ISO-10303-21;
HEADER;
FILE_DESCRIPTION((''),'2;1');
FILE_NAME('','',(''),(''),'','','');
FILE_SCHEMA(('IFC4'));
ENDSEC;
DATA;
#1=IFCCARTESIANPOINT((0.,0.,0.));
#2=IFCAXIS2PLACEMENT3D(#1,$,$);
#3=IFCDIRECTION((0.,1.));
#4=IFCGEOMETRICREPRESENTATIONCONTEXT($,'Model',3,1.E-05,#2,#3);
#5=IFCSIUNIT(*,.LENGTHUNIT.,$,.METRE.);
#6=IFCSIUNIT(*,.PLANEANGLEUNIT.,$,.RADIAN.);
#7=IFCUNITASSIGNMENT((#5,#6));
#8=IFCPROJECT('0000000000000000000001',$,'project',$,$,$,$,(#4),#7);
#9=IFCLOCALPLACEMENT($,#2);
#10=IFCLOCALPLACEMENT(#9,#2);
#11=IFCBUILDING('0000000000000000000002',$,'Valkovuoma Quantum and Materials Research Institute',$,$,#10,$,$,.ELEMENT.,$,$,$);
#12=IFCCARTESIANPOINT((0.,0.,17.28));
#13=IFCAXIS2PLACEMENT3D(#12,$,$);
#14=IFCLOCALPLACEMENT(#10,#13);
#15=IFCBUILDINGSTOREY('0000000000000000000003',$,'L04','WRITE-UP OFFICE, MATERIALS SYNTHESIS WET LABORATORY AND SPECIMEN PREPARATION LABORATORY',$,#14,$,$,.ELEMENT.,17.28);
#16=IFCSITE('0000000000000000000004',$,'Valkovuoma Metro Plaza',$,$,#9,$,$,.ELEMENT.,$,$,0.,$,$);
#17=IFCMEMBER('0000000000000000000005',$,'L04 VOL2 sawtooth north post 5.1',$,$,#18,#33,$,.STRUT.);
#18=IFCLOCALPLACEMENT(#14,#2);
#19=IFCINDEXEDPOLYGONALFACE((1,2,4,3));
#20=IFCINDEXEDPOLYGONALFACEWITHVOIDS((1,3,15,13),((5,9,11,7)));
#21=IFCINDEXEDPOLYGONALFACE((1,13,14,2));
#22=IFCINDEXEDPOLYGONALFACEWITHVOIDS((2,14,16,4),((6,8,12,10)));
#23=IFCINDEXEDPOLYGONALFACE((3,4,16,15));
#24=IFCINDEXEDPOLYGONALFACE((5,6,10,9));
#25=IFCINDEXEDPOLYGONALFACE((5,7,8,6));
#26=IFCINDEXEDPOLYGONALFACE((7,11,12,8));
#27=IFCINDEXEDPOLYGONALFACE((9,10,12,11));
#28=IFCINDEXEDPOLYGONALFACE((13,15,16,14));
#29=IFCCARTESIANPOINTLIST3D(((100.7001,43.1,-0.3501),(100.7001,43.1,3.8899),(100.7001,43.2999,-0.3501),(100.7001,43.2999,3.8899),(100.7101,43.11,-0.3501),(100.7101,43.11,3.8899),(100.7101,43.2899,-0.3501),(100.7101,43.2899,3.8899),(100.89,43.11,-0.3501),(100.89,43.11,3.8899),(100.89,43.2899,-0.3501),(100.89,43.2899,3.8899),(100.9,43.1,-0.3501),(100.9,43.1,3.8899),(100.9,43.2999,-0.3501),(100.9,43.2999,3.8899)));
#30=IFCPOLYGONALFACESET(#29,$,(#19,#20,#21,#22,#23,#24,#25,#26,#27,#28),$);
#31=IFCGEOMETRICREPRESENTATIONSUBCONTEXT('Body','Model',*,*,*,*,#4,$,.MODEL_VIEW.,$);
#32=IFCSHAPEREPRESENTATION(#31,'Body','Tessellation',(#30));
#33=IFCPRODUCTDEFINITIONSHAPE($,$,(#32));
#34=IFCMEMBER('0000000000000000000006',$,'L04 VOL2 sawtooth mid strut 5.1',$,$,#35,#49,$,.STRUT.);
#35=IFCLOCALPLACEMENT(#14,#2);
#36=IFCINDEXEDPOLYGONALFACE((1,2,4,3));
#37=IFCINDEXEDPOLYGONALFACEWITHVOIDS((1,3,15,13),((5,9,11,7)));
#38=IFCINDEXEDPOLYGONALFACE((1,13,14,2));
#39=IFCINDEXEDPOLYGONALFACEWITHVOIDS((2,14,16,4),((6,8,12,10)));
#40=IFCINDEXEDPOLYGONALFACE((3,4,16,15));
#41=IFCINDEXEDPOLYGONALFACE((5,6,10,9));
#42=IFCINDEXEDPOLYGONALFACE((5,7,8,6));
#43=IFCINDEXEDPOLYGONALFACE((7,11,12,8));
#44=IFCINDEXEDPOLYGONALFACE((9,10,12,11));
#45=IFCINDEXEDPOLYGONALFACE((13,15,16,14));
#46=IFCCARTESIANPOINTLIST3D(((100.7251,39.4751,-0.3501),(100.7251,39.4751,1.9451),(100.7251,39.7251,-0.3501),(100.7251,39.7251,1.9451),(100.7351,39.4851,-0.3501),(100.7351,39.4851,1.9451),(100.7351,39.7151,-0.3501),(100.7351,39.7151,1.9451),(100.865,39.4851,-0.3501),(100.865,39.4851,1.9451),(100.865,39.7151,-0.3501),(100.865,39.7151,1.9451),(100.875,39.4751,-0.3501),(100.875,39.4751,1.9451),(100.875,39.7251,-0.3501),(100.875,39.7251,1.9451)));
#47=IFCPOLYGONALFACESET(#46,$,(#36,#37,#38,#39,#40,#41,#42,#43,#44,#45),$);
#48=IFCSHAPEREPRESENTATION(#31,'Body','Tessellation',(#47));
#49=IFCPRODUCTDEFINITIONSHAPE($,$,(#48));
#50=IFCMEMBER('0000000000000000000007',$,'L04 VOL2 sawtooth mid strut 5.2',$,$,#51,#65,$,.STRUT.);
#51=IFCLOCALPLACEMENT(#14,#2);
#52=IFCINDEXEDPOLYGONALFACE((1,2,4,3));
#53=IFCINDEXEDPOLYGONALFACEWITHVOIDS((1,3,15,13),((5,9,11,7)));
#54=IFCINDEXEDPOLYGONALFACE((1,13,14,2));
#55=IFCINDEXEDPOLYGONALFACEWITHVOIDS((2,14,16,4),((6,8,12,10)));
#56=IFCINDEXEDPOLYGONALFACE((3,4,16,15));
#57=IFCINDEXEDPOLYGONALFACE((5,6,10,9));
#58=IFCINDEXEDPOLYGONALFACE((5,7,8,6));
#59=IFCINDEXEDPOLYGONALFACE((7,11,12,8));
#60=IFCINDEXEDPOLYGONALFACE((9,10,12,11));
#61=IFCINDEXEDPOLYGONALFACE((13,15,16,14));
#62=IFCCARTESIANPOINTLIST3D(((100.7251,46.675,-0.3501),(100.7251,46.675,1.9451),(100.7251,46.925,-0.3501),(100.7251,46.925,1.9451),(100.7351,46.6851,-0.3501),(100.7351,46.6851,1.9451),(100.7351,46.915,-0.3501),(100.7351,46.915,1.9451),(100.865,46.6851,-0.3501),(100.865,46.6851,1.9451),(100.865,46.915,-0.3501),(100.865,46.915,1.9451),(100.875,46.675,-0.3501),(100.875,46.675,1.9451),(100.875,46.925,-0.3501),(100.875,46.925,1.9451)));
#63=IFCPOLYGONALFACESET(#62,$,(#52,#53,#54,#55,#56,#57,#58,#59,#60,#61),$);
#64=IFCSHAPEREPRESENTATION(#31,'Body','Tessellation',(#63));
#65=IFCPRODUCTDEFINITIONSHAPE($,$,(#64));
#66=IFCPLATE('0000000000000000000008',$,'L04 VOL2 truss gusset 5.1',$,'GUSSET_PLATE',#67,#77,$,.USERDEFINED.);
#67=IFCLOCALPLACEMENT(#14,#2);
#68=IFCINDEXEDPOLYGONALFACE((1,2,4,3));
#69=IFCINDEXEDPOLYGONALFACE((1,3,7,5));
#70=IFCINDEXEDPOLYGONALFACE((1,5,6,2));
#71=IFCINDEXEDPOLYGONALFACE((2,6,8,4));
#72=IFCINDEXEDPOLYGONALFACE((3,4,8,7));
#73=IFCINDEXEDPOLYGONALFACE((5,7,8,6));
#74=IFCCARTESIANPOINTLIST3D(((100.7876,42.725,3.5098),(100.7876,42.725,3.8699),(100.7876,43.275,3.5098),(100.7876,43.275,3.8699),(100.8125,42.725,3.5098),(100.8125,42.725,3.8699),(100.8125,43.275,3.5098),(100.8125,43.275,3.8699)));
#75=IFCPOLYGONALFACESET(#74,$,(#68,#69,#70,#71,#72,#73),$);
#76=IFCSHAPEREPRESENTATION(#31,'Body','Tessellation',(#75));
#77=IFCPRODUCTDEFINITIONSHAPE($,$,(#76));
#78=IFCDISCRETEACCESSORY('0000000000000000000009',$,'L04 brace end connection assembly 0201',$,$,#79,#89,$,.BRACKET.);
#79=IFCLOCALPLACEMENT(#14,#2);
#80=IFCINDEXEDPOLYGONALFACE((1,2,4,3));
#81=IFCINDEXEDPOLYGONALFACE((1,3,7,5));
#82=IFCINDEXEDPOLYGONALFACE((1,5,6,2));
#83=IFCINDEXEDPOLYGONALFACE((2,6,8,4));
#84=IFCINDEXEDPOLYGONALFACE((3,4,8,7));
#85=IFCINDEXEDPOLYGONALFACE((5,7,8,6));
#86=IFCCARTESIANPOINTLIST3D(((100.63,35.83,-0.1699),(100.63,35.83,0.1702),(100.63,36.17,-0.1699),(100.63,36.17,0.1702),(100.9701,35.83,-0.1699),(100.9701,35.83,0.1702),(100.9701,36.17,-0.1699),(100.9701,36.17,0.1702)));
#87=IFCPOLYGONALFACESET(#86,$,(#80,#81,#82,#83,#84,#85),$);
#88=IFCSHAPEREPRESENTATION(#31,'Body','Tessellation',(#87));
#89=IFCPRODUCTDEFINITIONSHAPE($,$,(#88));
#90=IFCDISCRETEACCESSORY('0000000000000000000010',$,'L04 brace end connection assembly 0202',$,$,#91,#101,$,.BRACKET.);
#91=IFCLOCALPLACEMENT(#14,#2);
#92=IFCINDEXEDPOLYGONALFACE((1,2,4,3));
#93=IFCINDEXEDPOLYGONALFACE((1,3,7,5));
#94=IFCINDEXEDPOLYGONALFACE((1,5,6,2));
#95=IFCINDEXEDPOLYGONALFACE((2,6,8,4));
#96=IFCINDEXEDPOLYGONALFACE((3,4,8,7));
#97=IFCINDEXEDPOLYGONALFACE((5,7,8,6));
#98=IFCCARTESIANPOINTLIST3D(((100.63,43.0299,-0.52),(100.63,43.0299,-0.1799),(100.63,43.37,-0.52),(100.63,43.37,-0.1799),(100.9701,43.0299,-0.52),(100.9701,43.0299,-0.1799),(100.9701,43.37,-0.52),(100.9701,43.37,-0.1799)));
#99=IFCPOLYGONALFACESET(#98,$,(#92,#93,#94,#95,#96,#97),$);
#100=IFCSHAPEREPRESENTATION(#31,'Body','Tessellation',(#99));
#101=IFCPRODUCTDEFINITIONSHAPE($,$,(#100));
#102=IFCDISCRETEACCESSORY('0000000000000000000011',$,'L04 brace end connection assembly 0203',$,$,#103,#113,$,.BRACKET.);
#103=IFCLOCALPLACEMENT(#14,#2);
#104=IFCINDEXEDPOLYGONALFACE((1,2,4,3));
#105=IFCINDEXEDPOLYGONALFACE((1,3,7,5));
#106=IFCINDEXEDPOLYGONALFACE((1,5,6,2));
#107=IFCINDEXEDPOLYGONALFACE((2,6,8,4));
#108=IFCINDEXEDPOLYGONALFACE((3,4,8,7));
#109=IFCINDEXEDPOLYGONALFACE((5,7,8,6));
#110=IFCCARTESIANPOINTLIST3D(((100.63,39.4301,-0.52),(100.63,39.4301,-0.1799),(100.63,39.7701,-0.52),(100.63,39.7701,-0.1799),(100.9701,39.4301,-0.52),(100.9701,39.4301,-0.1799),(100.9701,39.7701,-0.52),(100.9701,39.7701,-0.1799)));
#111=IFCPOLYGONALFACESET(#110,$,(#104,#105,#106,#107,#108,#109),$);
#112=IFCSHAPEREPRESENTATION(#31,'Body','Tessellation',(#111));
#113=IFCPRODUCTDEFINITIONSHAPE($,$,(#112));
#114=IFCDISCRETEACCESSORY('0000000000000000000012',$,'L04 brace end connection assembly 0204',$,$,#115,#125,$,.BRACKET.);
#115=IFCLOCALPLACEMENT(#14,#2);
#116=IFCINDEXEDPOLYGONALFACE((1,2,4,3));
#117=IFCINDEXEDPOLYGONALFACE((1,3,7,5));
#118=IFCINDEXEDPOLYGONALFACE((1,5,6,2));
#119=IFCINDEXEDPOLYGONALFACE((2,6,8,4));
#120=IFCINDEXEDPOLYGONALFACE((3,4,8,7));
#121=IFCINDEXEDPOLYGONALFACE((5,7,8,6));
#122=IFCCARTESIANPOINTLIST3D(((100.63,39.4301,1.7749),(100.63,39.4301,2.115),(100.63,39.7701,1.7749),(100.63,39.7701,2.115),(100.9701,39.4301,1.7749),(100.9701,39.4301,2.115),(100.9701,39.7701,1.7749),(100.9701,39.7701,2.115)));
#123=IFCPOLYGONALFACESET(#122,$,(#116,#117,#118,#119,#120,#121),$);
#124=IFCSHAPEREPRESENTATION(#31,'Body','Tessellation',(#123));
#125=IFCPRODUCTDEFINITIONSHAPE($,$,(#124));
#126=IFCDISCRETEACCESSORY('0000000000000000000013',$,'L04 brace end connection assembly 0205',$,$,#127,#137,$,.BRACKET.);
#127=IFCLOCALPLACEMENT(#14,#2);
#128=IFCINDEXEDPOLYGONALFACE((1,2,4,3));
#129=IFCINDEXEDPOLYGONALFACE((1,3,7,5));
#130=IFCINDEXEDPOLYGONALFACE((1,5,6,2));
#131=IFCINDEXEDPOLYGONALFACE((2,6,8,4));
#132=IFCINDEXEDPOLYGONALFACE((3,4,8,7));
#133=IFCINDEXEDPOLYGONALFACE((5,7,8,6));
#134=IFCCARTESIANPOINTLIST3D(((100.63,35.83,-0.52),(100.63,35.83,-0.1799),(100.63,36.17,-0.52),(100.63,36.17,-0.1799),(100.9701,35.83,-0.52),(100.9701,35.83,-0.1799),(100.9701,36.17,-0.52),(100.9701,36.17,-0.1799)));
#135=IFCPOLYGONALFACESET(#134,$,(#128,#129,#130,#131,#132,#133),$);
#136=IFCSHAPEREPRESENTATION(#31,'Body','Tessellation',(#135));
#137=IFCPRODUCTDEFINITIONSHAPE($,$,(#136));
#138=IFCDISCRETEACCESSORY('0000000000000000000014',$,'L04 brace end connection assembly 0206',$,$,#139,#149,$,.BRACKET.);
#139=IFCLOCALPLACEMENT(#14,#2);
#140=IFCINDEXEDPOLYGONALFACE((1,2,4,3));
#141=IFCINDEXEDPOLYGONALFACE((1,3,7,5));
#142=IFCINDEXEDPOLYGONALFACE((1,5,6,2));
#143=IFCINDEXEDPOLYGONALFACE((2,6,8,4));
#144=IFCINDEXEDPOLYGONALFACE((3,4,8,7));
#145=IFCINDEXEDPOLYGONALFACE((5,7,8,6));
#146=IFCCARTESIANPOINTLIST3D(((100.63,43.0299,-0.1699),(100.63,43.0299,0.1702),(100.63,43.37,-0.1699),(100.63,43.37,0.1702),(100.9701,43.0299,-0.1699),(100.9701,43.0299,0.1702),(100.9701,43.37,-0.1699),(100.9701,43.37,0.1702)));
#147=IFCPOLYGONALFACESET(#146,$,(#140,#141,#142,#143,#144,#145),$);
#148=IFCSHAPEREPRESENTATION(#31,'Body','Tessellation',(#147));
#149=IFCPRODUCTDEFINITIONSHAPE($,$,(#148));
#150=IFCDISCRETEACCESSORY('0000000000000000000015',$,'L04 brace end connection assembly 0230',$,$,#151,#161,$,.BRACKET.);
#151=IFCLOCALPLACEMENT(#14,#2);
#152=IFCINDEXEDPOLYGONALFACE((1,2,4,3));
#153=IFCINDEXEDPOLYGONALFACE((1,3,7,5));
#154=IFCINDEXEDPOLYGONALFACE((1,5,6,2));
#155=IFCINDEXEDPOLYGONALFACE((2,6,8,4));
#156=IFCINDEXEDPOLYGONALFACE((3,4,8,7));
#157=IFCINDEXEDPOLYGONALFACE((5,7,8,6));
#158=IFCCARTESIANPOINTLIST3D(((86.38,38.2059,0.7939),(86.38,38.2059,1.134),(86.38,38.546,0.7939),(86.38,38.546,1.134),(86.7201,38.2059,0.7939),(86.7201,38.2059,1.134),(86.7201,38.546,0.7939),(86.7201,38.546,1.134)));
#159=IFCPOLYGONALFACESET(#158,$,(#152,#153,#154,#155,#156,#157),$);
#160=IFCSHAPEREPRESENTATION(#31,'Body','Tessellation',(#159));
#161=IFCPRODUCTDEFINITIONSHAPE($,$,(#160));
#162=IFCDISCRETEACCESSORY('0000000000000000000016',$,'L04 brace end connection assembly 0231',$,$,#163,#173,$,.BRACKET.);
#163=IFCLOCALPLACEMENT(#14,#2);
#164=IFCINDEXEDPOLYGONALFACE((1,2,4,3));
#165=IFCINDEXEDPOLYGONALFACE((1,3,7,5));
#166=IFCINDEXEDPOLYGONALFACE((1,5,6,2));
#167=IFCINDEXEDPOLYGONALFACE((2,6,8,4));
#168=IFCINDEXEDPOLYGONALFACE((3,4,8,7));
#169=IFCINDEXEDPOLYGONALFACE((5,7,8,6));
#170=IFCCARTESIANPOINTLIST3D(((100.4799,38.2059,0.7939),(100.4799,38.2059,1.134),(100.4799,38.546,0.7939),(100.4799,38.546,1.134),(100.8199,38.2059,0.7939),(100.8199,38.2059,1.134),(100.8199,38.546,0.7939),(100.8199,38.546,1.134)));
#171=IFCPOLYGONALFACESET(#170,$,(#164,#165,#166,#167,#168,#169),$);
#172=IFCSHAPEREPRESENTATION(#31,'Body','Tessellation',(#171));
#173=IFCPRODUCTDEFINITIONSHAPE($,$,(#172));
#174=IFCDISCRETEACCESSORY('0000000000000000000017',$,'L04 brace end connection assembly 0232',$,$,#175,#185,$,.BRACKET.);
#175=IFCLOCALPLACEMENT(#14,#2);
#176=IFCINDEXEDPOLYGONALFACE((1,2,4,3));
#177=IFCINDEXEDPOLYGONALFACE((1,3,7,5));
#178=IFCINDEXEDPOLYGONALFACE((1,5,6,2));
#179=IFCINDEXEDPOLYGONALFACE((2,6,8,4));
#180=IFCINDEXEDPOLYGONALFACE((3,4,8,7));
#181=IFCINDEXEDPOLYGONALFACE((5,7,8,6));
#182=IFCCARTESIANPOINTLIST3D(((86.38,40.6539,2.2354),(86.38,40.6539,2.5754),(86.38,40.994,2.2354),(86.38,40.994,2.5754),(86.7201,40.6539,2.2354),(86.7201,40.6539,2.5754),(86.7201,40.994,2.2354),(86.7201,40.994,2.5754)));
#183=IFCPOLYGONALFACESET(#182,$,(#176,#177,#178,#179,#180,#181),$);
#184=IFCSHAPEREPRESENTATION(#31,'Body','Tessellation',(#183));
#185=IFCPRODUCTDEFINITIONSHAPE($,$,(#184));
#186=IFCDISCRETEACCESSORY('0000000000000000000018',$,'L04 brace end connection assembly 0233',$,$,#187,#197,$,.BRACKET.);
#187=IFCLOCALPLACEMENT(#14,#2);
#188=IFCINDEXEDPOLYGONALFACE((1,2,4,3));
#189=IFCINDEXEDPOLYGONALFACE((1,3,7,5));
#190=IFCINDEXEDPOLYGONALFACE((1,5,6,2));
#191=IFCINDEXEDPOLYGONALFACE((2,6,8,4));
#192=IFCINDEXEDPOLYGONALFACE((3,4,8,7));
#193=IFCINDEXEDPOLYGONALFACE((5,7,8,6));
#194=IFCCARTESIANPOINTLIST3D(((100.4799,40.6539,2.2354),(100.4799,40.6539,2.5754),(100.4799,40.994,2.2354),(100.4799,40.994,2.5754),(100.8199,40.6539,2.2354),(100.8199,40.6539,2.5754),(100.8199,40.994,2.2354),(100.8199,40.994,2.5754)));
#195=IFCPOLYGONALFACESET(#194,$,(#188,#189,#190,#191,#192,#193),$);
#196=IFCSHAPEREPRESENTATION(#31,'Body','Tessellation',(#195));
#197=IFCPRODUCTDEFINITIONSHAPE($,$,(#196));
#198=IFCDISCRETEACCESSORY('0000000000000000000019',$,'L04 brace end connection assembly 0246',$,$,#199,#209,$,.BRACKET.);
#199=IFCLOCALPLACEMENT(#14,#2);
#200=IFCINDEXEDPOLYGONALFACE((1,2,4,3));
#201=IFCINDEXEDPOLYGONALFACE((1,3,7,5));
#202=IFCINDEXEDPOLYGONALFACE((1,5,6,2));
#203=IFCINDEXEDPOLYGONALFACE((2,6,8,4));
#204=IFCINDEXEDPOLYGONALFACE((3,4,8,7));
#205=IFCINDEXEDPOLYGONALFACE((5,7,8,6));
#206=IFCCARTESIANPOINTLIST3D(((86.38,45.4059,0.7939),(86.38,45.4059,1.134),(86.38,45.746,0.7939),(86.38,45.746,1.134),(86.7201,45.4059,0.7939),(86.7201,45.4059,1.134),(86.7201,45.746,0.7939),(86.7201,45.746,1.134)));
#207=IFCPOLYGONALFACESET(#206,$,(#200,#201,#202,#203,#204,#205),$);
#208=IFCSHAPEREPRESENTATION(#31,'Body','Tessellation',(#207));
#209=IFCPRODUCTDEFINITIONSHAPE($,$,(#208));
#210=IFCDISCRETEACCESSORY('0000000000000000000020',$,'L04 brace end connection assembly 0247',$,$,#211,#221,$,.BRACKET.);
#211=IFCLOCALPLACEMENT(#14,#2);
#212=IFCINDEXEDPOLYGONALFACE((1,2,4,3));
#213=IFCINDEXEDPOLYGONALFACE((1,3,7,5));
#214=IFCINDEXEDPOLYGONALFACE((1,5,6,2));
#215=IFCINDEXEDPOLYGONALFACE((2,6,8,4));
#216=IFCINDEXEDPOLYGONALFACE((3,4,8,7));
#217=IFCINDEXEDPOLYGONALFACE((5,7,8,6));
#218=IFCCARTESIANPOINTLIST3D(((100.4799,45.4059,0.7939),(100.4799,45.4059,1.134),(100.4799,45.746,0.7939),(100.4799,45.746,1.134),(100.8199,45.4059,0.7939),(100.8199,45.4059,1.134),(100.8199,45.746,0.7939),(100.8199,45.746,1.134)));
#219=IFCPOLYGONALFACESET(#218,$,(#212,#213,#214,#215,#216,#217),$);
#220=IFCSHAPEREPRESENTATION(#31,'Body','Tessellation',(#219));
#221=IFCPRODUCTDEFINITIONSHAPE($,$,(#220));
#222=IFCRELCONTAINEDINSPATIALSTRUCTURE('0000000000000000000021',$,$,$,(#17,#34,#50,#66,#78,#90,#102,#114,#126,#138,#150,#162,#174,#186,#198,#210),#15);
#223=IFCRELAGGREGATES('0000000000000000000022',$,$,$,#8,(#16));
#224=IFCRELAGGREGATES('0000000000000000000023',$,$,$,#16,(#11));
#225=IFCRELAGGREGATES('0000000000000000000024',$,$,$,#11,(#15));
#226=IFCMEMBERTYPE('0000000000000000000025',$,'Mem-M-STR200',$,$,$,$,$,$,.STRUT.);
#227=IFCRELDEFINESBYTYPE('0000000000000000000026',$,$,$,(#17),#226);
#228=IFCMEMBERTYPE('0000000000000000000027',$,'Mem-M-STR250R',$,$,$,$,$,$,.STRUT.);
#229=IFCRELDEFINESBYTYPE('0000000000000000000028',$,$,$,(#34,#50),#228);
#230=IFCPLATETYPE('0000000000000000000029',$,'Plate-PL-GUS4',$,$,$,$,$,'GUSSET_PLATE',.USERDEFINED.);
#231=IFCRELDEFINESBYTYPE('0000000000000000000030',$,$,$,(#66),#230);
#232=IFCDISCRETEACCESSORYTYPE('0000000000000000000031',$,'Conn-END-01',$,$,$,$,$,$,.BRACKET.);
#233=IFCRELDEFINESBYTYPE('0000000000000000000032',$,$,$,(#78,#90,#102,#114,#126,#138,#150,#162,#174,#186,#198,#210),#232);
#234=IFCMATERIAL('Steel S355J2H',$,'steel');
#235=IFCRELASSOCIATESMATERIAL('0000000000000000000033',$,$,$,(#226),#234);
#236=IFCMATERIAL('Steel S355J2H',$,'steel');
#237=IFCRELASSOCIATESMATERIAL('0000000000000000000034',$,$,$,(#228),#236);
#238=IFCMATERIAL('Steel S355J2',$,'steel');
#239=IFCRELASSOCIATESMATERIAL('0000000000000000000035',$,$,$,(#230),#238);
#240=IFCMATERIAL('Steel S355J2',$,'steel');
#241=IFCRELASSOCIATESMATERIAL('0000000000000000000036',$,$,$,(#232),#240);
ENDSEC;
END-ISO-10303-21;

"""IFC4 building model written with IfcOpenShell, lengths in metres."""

from ifc_helpers import new_model, si_unit, direction, frame, origin, origin_2d, place, context, subcontext, project, spatial, rectangle, hollow_rectangle, extrude, material, material_profile, profile_set, type_object, element, save


model = new_model("IFC4")

# Units and contexts
model_context = context("Model", 3, precision=1e-05, world=origin(), true_north=direction((0.0, 1.0)))
body_context = subcontext(model_context, "Body", "Model", "MODEL_VIEW")
ifc_project = project(units=[si_unit("LENGTHUNIT", "METRE"), si_unit("PLANEANGLEUNIT", "RADIAN")], contexts=[model_context])

# Site, building, storey
site_placement = place(None, origin())
site = spatial("IfcSite", under=ifc_project, at=site_placement, Name="Valkovuoma Metro Plaza", CompositionType="ELEMENT", RefElevation=0.0)
building_placement = place(site_placement, origin())
building = spatial("IfcBuilding", under=site, at=building_placement, Name="Valkovuoma Quantum and Materials Research Institute", CompositionType="ELEMENT")
storey_placement = place(building_placement, frame((0.0, 0.0, 17.28)))
storey = spatial("IfcBuildingStorey", under=building, at=storey_placement, Name="L04", Description="WRITE-UP OFFICE, MATERIALS SYNTHESIS WET LABORATORY AND SPECIMEN PREPARATION LABORATORY", CompositionType="ELEMENT", Elevation=17.28)

# Members
ifc_material_1 = material(Name="Steel S355J2H", Category="steel")
ifc_material_profile_1 = material_profile(ifc_material_1, hollow_rectangle(XDim=0.2, YDim=0.2, WallThickness=0.01, at=origin_2d()), Name="Steel S355J2H")
ifc_profile_set_1 = profile_set([ifc_material_profile_1], Name="Steel S355J2H")
member_type_1 = type_object("IfcMemberType", Name="Mem-M-STR200", PredefinedType="STRUT", material=ifc_profile_set_1)
member_1_placement = place(storey_placement, frame((100.8, 43.2, -0.3501), z_axis=(0.0, 0.0, 1.0), x_axis=(1.0, 0.0, 0.0)))
element("IfcMember", 1, at=member_1_placement, inside=storey, type_object=member_type_1, Name="L04 VOL2 sawtooth north post 5.1", PredefinedType="STRUT", context=body_context, shape_type="SweptSolid", body=[
    extrude(hollow_rectangle(XDim=0.2, YDim=0.2, WallThickness=0.01, at=origin_2d()), origin(), (0.0, 0.0, 1.0), 4.24),
])
ifc_material_2 = material(Name="Steel S355J2H", Category="steel")
ifc_material_profile_2 = material_profile(ifc_material_2, hollow_rectangle(XDim=0.1499, YDim=0.25, WallThickness=0.01, at=origin_2d()), Name="Steel S355J2H")
ifc_profile_set_2 = profile_set([ifc_material_profile_2], Name="Steel S355J2H")
member_type_2 = type_object("IfcMemberType", Name="Mem-M-STR250R", PredefinedType="STRUT", material=ifc_profile_set_2)
for number, where, z_axis, x_axis, name in (
    (2, (100.8, 39.6001, -0.3501), (0.0, 0.0, 1.0), (1.0, 0.0, 0.0), "L04 VOL2 sawtooth mid strut 5.1"),
    (3, (100.8, 46.8, -0.3501), (0.0, 0.0, 1.0), (1.0, 0.0, 0.0), "L04 VOL2 sawtooth mid strut 5.2"),
):
    element("IfcMember", number, at=place(storey_placement, frame(where, z_axis=z_axis, x_axis=x_axis)), inside=storey, type_object=member_type_2, Name=name, PredefinedType="STRUT", context=body_context, shape_type="SweptSolid", body=[
        extrude(hollow_rectangle(XDim=0.1499, YDim=0.25, WallThickness=0.01, at=origin_2d()), origin(), (0.0, 0.0, 1.0), 2.2952),
    ])

# Plate
ifc_material_3 = material(Name="Steel S355J2", Category="steel")
plate_type = type_object("IfcPlateType", Name="Plate-PL-GUS4", ElementType="GUSSET_PLATE", PredefinedType="USERDEFINED", material=ifc_material_3)
plate_placement = place(storey_placement, frame((100.8, 43.0, 3.5098), z_axis=(0.0, 0.0, 1.0), x_axis=(0.0, 1.0, 0.0)))
element("IfcPlate", 4, at=plate_placement, inside=storey, type_object=plate_type, Name="L04 VOL2 truss gusset 5.1", ObjectType="GUSSET_PLATE", PredefinedType="USERDEFINED", context=body_context, shape_type="SweptSolid", body=[
    extrude(rectangle(XDim=0.55, YDim=0.0249, at=origin_2d()), origin(), (0.0, 0.0, 1.0), 0.3601),
])

# Discrete accessories
ifc_material_4 = material(Name="Steel S355J2", Category="steel")
discrete_accessory_type = type_object("IfcDiscreteAccessoryType", Name="Conn-END-01", PredefinedType="BRACKET", material=ifc_material_4)
for number, where, z_axis, x_axis, name in (
    (5, (100.8, 36.0, -0.1699), (0.0, 0.0, 1.0), (1.0, 0.0, 0.0), "L04 brace end connection assembly 0201"),
    (6, (100.8, 43.2, -0.52), (0.0, 0.0, 1.0), (1.0, 0.0, 0.0), "L04 brace end connection assembly 0202"),
    (7, (100.8, 39.6001, -0.52), (0.0, 0.0, 1.0), (1.0, 0.0, 0.0), "L04 brace end connection assembly 0203"),
    (8, (100.8, 39.6001, 1.7749), (0.0, 0.0, 1.0), (1.0, 0.0, 0.0), "L04 brace end connection assembly 0204"),
    (9, (100.8, 36.0, -0.52), (0.0, 0.0, 1.0), (1.0, 0.0, 0.0), "L04 brace end connection assembly 0205"),
    (10, (100.8, 43.2, -0.1699), (0.0, 0.0, 1.0), (1.0, 0.0, 0.0), "L04 brace end connection assembly 0206"),
    (11, (86.55, 38.376, 0.7939), (0.0, 0.0, 1.0), (1.0, 0.0, 0.0), "L04 brace end connection assembly 0230"),
    (12, (100.6499, 38.376, 0.7939), (0.0, 0.0, 1.0), (1.0, 0.0, 0.0), "L04 brace end connection assembly 0231"),
    (13, (86.55, 40.824, 2.2354), (0.0, 0.0, 1.0), (1.0, 0.0, 0.0), "L04 brace end connection assembly 0232"),
    (14, (100.6499, 40.824, 2.2354), (0.0, 0.0, 1.0), (1.0, 0.0, 0.0), "L04 brace end connection assembly 0233"),
    (15, (86.55, 45.5759, 0.7939), (0.0, 0.0, 1.0), (1.0, 0.0, 0.0), "L04 brace end connection assembly 0246"),
    (16, (100.6499, 45.5759, 0.7939), (0.0, 0.0, 1.0), (1.0, 0.0, 0.0), "L04 brace end connection assembly 0247"),
):
    element("IfcDiscreteAccessory", number, at=place(storey_placement, frame(where, z_axis=z_axis, x_axis=x_axis)), inside=storey, type_object=discrete_accessory_type, Name=name, PredefinedType="BRACKET", context=body_context, shape_type="SweptSolid", body=[
        extrude(rectangle(XDim=0.3401, YDim=0.3401, at=origin_2d()), origin(), (0.0, 0.0, 1.0), 0.3401),
    ])

save(model, "model.ifc")
